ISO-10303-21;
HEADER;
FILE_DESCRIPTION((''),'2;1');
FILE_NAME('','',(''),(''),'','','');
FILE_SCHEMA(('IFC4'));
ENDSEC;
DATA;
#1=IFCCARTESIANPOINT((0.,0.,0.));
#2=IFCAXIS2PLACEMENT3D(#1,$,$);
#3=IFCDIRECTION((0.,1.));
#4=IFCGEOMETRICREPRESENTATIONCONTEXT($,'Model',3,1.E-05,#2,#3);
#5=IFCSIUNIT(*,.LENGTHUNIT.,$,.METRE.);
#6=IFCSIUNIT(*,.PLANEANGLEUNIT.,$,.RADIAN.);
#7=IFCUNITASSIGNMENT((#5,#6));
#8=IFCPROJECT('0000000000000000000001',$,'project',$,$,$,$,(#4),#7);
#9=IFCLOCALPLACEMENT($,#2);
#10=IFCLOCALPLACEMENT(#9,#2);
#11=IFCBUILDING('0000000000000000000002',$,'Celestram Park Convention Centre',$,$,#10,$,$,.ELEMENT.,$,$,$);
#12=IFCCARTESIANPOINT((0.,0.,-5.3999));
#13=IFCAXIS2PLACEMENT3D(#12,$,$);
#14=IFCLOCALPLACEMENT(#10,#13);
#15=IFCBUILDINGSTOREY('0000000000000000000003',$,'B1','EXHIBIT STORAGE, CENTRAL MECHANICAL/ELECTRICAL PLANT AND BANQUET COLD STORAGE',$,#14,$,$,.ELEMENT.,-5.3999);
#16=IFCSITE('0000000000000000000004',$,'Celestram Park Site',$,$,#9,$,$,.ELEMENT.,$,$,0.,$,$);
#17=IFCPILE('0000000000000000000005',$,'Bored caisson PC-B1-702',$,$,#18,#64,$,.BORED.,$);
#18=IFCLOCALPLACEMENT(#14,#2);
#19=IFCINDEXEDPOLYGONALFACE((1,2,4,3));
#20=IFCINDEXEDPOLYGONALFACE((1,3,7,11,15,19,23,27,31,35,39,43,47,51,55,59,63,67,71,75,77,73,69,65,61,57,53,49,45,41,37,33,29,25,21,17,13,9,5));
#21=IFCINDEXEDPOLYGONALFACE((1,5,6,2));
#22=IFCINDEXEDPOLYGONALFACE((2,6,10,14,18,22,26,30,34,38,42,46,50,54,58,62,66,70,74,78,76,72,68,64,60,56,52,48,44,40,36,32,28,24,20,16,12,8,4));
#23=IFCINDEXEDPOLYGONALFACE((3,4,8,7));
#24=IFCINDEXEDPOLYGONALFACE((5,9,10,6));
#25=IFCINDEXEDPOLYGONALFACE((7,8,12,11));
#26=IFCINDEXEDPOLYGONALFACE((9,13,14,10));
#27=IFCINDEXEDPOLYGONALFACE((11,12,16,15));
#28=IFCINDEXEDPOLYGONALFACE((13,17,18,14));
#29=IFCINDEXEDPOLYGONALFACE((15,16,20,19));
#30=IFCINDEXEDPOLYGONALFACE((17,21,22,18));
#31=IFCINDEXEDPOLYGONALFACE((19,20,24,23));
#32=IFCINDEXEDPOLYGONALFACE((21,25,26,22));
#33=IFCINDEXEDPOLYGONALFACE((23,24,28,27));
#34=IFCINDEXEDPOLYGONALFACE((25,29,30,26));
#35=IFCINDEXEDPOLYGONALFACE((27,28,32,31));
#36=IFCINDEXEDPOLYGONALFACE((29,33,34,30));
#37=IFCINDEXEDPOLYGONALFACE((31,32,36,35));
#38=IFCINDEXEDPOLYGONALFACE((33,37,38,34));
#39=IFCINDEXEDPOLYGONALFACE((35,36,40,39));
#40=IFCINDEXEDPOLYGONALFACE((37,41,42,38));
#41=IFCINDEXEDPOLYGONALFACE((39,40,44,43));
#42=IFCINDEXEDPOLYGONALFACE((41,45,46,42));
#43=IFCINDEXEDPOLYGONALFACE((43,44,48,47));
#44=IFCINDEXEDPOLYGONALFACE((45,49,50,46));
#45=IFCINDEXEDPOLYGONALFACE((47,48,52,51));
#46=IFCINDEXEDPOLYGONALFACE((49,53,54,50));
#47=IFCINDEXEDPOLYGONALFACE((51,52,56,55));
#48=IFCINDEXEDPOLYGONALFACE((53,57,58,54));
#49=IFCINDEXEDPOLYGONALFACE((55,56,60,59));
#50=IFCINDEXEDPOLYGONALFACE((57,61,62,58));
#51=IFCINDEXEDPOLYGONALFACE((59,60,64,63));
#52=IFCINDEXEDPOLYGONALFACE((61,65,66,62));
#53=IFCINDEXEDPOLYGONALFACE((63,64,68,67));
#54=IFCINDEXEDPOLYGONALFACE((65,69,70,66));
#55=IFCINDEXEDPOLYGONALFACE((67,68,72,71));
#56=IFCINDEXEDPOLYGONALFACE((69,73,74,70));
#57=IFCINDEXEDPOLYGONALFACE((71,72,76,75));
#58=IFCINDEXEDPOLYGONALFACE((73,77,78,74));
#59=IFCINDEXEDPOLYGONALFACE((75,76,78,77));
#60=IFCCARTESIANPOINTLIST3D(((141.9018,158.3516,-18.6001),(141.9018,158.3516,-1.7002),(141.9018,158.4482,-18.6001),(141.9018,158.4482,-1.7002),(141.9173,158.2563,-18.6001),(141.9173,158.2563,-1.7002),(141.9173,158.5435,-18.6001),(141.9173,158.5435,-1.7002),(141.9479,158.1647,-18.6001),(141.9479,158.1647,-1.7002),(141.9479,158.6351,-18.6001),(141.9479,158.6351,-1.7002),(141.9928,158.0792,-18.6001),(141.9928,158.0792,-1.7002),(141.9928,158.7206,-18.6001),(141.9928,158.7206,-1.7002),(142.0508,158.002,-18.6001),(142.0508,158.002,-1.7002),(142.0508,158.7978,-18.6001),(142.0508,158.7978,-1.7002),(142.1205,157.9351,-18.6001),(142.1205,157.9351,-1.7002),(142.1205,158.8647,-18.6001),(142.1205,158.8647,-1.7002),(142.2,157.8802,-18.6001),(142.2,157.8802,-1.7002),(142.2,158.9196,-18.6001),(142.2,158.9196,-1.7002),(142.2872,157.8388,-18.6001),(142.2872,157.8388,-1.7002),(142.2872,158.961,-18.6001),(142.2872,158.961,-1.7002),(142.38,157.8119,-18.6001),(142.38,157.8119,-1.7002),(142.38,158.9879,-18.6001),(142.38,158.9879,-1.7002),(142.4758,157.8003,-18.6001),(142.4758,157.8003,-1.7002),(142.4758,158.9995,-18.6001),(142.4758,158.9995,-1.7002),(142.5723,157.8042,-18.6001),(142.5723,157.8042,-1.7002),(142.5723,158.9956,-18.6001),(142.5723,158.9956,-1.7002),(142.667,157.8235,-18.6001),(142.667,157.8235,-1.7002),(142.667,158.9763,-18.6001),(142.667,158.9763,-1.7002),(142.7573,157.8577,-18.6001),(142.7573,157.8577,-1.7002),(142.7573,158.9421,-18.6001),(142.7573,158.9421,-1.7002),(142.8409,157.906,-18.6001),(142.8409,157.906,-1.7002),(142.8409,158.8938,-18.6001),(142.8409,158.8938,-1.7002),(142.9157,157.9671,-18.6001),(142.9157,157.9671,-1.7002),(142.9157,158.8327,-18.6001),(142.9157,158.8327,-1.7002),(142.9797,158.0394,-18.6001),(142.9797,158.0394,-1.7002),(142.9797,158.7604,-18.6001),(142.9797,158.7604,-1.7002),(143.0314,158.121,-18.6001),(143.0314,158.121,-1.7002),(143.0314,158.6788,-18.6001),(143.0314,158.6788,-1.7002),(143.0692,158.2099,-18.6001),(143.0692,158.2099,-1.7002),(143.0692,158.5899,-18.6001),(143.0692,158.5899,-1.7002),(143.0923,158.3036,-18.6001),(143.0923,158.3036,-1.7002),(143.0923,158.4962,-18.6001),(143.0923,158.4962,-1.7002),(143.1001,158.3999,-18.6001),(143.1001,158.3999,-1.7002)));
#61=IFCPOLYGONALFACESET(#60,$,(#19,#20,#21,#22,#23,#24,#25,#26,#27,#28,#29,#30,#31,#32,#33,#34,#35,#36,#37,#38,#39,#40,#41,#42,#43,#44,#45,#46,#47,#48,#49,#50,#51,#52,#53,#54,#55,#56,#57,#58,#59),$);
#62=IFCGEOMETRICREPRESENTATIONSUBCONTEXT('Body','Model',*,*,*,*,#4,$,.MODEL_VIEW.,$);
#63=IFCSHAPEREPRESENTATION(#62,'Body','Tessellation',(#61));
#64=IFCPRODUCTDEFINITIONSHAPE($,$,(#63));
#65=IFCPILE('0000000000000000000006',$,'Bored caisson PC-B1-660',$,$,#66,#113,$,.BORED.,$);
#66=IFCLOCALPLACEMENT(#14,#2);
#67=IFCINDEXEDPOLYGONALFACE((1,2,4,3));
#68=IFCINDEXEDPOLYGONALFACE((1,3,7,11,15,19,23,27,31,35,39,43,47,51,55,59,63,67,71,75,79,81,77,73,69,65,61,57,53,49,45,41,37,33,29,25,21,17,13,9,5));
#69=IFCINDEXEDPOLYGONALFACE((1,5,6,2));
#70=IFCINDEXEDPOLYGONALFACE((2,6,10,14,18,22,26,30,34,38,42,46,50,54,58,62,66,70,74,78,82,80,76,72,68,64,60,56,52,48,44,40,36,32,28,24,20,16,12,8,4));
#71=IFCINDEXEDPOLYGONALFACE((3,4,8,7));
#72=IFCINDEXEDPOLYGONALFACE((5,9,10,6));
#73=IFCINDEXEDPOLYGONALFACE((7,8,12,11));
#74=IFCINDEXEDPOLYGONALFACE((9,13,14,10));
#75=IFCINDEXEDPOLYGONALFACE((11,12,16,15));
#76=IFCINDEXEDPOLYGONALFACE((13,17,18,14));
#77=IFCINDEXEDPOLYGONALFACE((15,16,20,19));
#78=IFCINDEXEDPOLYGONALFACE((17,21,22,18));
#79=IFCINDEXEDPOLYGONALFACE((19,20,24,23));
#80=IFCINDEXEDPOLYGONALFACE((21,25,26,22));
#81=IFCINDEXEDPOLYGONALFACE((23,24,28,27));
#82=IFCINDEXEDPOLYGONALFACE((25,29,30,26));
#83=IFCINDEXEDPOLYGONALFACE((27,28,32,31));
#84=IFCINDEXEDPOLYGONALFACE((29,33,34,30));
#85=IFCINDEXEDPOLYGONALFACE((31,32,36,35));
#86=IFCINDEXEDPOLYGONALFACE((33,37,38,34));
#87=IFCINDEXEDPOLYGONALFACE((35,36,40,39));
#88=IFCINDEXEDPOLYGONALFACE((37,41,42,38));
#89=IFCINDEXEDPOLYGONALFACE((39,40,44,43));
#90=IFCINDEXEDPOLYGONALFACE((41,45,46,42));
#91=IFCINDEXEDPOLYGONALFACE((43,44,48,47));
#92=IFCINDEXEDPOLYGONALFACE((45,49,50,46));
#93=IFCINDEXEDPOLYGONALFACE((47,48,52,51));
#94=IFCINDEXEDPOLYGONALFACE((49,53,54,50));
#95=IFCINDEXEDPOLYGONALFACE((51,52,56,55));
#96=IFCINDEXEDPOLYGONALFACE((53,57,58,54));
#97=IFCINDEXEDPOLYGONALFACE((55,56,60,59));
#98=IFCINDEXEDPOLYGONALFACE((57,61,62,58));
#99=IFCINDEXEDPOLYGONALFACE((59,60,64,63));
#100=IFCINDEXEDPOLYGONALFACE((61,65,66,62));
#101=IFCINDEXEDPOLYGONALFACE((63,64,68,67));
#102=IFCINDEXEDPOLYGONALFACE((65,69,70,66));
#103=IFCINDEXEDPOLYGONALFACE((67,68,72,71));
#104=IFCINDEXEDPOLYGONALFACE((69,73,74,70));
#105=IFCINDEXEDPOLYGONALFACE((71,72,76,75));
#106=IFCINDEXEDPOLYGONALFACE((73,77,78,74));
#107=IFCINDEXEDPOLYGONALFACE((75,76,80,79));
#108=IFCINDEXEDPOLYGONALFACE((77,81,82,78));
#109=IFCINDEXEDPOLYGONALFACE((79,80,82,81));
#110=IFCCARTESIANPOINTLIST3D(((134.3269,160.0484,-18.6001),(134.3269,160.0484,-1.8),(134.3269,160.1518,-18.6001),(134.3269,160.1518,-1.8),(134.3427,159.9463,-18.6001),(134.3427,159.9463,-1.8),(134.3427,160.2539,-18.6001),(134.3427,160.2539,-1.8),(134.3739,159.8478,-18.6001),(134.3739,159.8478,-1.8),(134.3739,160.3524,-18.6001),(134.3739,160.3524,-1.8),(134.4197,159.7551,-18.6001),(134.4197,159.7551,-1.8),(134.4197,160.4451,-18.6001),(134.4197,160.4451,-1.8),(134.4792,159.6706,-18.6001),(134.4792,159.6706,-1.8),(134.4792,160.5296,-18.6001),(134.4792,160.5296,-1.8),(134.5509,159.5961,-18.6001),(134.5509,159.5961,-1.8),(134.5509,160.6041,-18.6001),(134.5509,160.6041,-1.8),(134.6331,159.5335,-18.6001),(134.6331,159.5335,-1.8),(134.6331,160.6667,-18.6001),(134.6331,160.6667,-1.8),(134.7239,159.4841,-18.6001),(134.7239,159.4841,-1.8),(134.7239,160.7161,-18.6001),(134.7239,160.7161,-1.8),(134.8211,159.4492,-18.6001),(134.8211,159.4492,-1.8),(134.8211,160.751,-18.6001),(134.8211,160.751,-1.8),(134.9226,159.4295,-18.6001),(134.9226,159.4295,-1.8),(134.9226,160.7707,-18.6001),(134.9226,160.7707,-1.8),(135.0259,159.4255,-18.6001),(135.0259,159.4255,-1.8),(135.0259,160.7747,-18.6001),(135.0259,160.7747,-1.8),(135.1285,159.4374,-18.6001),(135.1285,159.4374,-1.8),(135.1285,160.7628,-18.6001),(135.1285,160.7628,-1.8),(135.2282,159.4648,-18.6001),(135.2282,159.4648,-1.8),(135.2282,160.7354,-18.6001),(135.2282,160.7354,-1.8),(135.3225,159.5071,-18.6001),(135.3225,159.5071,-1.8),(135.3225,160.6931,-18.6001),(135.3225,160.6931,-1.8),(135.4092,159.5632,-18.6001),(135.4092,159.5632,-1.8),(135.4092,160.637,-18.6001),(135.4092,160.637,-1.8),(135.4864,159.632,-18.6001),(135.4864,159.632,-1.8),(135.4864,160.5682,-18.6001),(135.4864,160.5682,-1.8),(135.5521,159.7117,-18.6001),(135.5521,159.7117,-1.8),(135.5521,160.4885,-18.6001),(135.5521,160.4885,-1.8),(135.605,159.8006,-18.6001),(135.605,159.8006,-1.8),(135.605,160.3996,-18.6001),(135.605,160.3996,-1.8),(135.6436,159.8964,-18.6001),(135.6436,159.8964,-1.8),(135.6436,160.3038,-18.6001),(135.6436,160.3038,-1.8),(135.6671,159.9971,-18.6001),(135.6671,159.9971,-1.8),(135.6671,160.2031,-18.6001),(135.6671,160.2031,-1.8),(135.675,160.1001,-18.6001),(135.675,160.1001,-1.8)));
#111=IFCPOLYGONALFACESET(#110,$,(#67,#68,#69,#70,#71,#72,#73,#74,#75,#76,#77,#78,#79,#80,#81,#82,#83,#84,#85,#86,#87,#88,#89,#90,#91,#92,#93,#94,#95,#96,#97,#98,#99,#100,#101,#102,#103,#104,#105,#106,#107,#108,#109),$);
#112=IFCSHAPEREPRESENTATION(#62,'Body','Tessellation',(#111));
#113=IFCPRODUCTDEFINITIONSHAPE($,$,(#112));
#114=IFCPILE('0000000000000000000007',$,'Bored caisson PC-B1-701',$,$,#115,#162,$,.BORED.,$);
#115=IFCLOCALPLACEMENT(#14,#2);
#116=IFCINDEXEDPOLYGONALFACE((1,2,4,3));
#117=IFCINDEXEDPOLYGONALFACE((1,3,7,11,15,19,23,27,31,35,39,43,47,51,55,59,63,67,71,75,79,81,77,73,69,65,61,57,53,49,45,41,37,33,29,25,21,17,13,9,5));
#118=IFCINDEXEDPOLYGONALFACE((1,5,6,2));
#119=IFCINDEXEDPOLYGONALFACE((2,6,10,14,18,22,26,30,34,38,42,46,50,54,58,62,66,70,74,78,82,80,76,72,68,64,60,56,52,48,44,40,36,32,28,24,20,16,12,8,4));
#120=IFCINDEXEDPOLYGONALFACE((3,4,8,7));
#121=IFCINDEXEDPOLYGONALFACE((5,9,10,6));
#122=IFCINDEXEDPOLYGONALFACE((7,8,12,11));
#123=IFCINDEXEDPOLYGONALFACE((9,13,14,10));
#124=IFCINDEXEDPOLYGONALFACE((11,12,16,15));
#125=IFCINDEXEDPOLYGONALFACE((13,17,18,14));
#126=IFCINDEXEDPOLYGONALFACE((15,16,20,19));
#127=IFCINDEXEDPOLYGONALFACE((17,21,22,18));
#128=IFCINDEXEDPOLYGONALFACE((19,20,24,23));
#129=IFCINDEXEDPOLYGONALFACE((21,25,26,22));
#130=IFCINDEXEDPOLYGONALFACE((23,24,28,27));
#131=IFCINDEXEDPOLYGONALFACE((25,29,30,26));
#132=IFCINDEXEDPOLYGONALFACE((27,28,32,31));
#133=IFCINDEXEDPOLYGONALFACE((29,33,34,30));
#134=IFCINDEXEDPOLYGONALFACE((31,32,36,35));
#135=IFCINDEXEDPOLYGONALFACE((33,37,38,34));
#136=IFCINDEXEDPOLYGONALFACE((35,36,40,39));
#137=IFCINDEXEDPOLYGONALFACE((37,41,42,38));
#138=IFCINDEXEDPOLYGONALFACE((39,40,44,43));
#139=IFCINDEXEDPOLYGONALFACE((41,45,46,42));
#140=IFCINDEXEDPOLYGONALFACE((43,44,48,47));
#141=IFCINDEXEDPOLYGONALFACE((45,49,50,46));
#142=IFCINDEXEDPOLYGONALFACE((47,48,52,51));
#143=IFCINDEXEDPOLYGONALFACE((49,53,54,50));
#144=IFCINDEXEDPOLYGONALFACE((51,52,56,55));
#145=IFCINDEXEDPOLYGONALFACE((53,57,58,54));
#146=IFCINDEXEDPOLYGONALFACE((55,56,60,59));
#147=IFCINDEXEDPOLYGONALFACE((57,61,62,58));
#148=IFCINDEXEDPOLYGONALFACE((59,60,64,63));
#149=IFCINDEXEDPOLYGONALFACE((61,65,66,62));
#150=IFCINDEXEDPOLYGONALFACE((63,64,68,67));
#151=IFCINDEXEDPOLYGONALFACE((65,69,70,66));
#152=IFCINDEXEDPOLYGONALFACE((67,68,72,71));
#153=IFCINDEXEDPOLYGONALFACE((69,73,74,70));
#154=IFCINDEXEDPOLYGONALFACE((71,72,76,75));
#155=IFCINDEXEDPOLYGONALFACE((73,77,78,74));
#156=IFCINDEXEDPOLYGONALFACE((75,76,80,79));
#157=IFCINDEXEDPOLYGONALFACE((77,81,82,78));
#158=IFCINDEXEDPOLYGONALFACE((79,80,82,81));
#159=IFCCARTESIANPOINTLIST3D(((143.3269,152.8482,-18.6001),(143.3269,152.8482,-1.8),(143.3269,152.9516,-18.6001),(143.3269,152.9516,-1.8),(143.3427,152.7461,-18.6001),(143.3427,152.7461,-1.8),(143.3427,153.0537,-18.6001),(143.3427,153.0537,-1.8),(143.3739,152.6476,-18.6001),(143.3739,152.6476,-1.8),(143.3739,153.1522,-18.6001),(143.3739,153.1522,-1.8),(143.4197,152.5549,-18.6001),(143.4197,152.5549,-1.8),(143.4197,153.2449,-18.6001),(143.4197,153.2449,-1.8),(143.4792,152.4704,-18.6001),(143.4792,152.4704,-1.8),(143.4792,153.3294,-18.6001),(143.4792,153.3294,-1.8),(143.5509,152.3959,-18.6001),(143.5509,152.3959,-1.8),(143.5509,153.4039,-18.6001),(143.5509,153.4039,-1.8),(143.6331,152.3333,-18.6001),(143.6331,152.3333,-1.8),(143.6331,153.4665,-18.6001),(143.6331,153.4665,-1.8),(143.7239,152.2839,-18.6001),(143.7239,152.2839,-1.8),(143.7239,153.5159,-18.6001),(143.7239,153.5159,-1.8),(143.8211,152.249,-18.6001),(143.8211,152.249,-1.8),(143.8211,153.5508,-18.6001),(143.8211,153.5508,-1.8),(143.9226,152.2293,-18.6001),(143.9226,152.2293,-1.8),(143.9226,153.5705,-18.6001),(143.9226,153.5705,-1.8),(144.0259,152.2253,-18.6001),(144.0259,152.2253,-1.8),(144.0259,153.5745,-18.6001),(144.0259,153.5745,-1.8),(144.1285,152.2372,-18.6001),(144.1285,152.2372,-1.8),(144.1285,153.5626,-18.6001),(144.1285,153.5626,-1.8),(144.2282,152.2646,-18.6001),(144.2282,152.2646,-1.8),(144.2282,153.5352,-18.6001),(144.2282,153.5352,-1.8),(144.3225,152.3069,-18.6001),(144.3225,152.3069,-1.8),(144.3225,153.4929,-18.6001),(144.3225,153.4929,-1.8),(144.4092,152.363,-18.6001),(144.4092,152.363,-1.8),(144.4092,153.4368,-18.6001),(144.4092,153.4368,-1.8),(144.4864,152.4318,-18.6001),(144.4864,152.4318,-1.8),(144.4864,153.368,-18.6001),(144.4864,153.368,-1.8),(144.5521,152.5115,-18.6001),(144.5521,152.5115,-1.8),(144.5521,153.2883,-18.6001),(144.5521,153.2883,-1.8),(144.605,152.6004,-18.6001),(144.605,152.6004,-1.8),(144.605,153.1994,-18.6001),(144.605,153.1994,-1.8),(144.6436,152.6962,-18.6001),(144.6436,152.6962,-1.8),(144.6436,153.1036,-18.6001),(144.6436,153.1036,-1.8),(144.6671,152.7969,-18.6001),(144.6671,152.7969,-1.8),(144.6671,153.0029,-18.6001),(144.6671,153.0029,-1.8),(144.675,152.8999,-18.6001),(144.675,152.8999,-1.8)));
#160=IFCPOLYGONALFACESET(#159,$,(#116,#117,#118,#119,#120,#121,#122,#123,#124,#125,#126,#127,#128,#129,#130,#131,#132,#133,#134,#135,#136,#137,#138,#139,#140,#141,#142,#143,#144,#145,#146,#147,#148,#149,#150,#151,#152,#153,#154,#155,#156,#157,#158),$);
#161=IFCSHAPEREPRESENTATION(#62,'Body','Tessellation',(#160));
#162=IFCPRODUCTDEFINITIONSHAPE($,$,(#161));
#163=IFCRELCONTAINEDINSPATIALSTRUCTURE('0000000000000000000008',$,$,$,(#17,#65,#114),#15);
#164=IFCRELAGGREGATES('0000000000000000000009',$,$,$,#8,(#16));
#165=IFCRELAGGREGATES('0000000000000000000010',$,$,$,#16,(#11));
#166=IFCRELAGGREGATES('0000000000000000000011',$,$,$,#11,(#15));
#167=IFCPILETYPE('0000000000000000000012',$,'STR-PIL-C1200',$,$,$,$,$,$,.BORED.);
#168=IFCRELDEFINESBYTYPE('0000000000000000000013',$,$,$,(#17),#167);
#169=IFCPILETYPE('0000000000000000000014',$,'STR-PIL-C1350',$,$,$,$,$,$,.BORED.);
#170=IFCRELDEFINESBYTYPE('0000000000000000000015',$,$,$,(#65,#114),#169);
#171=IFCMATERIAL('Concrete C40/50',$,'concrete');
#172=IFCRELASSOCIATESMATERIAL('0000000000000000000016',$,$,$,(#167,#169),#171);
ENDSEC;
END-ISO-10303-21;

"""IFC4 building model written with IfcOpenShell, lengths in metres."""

from ifc_helpers import new_model, si_unit, direction, frame, origin, origin_2d, place, context, subcontext, project, spatial, circle, extrude, material, material_profile, profile_set, type_object, element, save


model = new_model("IFC4")

# Units and contexts
model_context = context("Model", 3, precision=1e-05, world=origin(), true_north=direction((0.0, 1.0)))
body_context = subcontext(model_context, "Body", "Model", "MODEL_VIEW")
ifc_project = project(units=[si_unit("LENGTHUNIT", "METRE"), si_unit("PLANEANGLEUNIT", "RADIAN")], contexts=[model_context])

# Site, building, storey
site_placement = place(None, origin())
site = spatial("IfcSite", under=ifc_project, at=site_placement, Name="Celestram Park Site", CompositionType="ELEMENT", RefElevation=0.0)
building_placement = place(site_placement, origin())
building = spatial("IfcBuilding", under=site, at=building_placement, Name="Celestram Park Convention Centre", CompositionType="ELEMENT")
storey_placement = place(building_placement, frame((0.0, 0.0, -5.3999)))
storey = spatial("IfcBuildingStorey", under=building, at=storey_placement, Name="B1", Description="EXHIBIT STORAGE, CENTRAL MECHANICAL/ELECTRICAL PLANT AND BANQUET COLD STORAGE", CompositionType="ELEMENT", Elevation=-5.3999)

# Shared definitions
ifc_material_1 = material(Name="Concrete C40/50", Category="concrete")

# Piles
ifc_material_profile_1 = material_profile(ifc_material_1, circle(Radius=0.6001, at=origin_2d()), Name="CAISSON1200")
ifc_profile_set_1 = profile_set([ifc_material_profile_1], Name="Concrete C40/50")
pile_type_1 = type_object("IfcPileType", Name="STR-PIL-C1200", PredefinedType="BORED", material=ifc_profile_set_1)
for number, where, z_axis, x_axis, name in (
    (1, (142.5, 158.3999, -1.7002), (0.0, 0.0, -1.0), (1.0, 0.0, 0.0), "Bored caisson PC-B1-702"),
):
    element("IfcPile", number, at=place(storey_placement, frame(where, z_axis=z_axis, x_axis=x_axis)), inside=storey, type_object=pile_type_1, Name=name, PredefinedType="BORED", context=body_context, shape_type="SweptSolid", body=[
        extrude(circle(Radius=0.6001, at=origin_2d()), origin(), (0.0, 0.0, 1.0), 16.8999),
    ])
ifc_material_profile_2 = material_profile(ifc_material_1, circle(Radius=0.675, at=origin_2d()), Name="CAISSON1350")
ifc_profile_set_2 = profile_set([ifc_material_profile_2], Name="Concrete C40/50")
pile_type_2 = type_object("IfcPileType", Name="STR-PIL-C1350", PredefinedType="BORED", material=ifc_profile_set_2)
for number, where, z_axis, x_axis, name in (
    (2, (135.0, 160.1001, -1.8), (0.0, 0.0, -1.0), (1.0, 0.0, 0.0), "Bored caisson PC-B1-660"),
    (3, (144.0, 152.8999, -1.8), (0.0, 0.0, -1.0), (1.0, 0.0, 0.0), "Bored caisson PC-B1-701"),
):
    element("IfcPile", number, at=place(storey_placement, frame(where, z_axis=z_axis, x_axis=x_axis)), inside=storey, type_object=pile_type_2, Name=name, PredefinedType="BORED", context=body_context, shape_type="SweptSolid", body=[
        extrude(circle(Radius=0.675, at=origin_2d()), origin(), (0.0, 0.0, 1.0), 16.8),
    ])

save(model, "model.ifc")
